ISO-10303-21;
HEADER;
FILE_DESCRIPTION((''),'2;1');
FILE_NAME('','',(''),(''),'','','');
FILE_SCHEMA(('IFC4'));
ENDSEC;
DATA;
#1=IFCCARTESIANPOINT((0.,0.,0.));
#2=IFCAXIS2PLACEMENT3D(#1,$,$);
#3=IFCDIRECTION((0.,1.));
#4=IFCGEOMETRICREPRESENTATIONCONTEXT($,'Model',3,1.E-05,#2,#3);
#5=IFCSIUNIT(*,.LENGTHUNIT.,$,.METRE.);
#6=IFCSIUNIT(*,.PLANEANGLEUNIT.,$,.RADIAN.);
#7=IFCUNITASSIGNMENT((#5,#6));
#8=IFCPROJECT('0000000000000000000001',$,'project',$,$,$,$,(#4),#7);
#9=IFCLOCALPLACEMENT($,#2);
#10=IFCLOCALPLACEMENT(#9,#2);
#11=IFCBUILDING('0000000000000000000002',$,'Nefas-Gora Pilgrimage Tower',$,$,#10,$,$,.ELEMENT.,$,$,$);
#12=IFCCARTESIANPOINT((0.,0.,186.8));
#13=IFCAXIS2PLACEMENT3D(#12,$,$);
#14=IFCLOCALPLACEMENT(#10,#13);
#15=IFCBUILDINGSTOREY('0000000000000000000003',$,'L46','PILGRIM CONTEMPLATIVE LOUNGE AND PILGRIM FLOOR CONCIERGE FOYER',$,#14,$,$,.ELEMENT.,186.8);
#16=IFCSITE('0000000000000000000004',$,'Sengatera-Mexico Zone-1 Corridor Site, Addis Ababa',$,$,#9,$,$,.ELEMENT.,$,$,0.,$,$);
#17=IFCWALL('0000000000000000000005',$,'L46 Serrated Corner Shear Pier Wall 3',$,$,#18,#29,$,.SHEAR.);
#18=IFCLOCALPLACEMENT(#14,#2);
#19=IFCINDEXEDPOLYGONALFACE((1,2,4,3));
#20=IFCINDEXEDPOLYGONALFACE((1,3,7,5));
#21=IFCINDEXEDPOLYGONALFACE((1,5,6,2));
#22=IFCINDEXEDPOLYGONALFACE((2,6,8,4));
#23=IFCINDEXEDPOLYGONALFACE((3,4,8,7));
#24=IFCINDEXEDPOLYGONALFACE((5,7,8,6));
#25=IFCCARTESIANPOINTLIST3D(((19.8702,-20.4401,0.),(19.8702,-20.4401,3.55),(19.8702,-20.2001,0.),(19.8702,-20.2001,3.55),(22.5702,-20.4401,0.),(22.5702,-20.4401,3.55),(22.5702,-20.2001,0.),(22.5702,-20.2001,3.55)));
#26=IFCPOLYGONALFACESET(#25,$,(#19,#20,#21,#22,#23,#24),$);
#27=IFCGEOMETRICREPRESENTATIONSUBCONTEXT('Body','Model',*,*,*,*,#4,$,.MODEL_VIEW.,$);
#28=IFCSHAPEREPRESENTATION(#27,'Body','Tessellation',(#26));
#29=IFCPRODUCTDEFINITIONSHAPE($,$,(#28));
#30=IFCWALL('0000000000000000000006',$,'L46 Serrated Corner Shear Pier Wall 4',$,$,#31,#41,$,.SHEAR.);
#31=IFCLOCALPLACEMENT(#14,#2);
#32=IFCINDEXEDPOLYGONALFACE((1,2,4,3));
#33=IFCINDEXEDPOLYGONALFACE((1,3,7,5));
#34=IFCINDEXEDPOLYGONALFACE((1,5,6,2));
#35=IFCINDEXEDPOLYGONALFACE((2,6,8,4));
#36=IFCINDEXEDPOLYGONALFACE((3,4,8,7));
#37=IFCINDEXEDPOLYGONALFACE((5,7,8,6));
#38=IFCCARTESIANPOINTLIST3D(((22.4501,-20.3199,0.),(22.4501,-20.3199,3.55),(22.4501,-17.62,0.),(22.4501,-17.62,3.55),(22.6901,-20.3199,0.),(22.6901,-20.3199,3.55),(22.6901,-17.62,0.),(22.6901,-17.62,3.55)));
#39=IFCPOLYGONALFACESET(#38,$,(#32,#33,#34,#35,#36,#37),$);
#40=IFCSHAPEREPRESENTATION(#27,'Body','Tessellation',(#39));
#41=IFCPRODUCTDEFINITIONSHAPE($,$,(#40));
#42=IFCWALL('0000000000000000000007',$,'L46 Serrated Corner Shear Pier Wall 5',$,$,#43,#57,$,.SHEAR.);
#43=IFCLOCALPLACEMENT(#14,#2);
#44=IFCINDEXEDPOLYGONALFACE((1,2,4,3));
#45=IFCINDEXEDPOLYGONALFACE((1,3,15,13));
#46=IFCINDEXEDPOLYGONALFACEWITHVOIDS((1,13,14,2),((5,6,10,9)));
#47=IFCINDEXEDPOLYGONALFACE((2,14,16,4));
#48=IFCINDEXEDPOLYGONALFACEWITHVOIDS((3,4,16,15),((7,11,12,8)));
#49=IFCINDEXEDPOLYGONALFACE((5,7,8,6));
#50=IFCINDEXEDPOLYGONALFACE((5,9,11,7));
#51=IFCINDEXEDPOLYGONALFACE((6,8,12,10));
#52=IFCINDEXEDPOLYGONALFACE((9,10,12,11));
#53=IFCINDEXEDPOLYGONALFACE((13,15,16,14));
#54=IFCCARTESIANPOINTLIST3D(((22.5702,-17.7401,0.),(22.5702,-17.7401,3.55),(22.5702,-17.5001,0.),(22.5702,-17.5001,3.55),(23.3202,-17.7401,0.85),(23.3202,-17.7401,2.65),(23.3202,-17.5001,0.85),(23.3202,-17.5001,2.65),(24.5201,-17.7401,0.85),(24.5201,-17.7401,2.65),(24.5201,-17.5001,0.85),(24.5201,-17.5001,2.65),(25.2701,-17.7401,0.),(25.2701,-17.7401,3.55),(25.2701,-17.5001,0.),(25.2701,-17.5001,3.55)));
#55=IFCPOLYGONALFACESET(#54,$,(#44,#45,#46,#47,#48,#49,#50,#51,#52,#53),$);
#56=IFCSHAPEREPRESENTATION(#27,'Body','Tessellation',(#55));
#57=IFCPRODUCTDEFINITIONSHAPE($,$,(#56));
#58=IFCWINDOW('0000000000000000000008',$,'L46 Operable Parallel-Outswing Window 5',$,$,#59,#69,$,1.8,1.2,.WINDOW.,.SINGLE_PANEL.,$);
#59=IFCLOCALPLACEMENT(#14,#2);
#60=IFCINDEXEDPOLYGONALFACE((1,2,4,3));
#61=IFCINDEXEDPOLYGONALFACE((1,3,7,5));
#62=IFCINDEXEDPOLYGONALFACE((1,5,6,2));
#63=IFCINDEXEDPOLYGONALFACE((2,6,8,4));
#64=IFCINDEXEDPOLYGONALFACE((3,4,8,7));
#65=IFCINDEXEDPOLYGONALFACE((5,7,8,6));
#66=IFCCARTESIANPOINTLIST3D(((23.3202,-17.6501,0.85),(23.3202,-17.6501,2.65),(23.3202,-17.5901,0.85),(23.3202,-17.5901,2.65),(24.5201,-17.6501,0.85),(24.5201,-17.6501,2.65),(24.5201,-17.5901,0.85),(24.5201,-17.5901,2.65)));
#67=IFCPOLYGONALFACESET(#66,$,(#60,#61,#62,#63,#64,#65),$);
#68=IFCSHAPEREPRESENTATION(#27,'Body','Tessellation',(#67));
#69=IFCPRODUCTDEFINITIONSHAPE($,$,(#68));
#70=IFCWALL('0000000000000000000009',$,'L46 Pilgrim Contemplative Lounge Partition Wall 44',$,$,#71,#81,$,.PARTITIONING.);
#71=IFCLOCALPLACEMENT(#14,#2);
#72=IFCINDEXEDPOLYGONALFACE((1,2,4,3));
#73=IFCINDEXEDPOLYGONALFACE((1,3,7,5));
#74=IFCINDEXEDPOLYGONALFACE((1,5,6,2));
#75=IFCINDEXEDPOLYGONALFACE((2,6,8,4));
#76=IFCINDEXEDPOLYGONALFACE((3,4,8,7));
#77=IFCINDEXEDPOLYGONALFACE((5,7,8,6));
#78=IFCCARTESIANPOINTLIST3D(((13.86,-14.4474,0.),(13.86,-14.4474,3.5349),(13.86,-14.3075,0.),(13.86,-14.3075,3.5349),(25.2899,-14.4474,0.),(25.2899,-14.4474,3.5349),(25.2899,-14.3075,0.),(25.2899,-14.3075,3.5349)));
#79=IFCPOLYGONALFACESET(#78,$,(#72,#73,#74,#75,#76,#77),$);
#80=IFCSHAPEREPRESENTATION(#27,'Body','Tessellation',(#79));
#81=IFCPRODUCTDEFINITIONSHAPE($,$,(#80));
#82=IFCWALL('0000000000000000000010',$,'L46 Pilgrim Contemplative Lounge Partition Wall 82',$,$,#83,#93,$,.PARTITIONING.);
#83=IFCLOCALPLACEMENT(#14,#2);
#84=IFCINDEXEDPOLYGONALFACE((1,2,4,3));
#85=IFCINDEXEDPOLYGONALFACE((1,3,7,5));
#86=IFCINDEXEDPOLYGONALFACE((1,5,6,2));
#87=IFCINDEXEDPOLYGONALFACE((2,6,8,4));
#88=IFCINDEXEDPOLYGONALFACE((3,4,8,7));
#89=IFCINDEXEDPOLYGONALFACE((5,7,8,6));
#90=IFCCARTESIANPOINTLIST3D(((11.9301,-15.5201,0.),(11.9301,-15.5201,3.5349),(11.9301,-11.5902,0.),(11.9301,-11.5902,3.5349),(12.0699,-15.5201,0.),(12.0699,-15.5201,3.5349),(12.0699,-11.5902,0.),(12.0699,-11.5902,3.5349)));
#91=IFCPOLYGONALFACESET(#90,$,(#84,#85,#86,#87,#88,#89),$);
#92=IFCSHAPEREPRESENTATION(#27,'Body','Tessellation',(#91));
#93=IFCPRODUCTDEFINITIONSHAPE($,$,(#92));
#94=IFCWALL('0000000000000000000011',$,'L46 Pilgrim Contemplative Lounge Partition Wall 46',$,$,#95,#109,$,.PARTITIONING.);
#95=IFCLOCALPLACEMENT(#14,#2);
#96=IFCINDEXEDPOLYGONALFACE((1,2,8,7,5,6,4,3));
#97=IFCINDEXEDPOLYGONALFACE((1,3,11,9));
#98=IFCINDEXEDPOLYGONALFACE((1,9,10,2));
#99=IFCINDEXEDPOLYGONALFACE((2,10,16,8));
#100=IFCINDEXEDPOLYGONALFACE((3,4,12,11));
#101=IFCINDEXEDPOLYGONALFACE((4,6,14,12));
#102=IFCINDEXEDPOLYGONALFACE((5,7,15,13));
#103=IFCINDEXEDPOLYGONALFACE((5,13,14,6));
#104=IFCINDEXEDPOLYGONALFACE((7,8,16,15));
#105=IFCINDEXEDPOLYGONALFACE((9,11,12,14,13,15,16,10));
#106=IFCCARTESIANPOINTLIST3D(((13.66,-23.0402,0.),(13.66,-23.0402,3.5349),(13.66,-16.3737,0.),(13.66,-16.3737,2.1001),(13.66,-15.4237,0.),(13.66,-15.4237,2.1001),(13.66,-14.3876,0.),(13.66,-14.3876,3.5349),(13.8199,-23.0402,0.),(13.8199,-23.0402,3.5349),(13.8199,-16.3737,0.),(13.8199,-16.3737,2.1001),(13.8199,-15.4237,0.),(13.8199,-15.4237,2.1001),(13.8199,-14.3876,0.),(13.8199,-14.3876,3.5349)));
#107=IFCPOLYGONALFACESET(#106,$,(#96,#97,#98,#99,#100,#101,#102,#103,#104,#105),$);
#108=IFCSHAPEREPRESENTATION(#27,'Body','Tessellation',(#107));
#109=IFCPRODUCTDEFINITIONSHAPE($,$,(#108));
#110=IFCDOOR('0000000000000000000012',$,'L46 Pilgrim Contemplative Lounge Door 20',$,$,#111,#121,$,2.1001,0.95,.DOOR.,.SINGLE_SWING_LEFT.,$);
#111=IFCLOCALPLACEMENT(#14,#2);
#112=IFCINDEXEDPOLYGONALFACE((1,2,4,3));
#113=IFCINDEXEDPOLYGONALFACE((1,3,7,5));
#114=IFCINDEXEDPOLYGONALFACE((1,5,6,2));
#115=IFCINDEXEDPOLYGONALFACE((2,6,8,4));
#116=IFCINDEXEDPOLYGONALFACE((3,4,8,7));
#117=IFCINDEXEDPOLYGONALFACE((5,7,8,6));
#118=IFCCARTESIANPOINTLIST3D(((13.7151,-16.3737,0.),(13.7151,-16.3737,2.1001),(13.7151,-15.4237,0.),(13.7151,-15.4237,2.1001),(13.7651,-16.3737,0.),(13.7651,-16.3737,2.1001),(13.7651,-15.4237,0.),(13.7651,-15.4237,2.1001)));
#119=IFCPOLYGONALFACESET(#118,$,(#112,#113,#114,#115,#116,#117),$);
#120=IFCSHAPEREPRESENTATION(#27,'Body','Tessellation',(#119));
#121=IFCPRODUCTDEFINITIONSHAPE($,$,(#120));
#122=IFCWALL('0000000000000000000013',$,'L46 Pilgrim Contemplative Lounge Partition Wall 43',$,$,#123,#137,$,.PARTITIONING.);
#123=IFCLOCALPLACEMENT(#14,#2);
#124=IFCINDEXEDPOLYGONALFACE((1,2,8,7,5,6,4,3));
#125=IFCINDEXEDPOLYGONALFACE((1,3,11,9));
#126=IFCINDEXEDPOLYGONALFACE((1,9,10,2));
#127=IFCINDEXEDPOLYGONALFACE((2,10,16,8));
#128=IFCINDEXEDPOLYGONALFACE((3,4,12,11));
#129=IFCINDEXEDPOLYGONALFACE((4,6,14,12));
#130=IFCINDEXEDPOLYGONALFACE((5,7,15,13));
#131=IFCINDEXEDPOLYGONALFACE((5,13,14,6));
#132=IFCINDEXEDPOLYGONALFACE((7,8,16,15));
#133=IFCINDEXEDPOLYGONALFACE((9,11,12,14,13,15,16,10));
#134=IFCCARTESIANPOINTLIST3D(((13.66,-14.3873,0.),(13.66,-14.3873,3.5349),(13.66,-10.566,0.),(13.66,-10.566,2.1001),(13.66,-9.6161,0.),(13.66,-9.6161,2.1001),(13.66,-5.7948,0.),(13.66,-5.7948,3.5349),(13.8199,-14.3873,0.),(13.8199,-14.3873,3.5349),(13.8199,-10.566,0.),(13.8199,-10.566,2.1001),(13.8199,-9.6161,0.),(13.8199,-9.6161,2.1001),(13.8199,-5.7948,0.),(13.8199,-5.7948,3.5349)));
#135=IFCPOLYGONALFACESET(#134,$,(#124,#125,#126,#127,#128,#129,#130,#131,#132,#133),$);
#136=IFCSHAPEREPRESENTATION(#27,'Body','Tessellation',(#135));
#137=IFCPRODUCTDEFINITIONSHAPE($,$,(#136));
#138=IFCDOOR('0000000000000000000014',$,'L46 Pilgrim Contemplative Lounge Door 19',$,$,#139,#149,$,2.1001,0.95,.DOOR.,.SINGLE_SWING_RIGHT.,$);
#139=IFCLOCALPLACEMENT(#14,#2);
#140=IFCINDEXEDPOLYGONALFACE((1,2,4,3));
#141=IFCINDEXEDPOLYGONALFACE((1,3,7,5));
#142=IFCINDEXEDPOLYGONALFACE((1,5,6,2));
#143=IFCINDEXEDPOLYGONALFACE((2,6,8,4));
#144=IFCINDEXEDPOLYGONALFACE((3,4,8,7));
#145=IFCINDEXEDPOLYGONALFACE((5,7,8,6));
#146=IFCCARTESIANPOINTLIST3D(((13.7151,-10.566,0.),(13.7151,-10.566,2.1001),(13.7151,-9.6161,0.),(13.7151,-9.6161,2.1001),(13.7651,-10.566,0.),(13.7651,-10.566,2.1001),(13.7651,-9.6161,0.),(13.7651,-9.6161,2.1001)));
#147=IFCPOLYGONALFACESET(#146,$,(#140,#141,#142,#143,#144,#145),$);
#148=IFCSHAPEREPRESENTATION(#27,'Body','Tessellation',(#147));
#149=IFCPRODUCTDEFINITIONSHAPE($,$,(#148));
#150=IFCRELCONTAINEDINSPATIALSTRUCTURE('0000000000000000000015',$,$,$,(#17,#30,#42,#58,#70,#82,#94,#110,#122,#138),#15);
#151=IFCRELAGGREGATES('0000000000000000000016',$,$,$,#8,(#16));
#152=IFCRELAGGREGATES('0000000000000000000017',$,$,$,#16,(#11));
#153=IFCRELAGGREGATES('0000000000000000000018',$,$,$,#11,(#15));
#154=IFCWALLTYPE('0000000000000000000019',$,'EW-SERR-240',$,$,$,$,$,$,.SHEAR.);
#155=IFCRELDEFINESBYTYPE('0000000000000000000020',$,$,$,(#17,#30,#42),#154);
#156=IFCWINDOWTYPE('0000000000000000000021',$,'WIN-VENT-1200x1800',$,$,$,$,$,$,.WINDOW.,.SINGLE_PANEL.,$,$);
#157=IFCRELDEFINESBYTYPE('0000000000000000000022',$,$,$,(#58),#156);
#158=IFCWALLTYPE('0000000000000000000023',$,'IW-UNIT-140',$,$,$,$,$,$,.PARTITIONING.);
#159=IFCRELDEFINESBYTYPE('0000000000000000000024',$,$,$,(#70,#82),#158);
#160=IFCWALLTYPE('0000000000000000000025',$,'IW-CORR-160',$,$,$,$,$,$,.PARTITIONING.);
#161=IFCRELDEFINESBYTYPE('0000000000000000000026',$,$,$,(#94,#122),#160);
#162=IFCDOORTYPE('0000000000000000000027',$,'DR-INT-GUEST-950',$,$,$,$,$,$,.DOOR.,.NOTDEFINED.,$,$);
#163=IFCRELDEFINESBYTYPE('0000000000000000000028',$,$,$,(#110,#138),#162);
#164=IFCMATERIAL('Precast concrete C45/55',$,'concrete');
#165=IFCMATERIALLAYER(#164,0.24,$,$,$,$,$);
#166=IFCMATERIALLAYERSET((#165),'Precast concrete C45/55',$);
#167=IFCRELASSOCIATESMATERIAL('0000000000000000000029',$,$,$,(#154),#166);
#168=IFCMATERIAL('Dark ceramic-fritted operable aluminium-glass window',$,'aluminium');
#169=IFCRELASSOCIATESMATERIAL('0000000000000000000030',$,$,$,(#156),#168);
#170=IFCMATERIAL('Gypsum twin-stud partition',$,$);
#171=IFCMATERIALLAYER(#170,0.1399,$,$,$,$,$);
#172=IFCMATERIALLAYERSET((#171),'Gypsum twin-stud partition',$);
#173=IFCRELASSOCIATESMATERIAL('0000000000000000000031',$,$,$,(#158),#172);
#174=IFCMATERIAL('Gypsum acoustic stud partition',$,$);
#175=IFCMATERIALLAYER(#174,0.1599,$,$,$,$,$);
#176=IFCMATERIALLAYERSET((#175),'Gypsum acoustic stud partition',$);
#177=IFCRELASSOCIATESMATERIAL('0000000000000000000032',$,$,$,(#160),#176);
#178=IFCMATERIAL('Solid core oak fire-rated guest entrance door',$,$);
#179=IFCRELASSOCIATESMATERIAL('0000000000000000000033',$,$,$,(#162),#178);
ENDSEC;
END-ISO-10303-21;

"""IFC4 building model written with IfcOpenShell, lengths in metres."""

from ifc_helpers import new_model, si_unit, direction, frame, frame_2d, origin, place, context, subcontext, project, spatial, rectangle, extrude, source, transform, mapped, material, layer, layer_set, type_object, element, fill, save


model = new_model("IFC4")

# Units and contexts
model_context = context("Model", 3, precision=1e-05, world=origin(), true_north=direction((0.0, 1.0)))
body_context = subcontext(model_context, "Body", "Model", "MODEL_VIEW")
ifc_project = project(units=[si_unit("LENGTHUNIT", "METRE"), si_unit("PLANEANGLEUNIT", "RADIAN")], contexts=[model_context])

# Site, building, storey
site_placement = place(None, origin())
site = spatial("IfcSite", under=ifc_project, at=site_placement, Name="Sengatera-Mexico Zone-1 Corridor Site, Addis Ababa", CompositionType="ELEMENT", RefElevation=0.0)
building_placement = place(site_placement, origin())
building = spatial("IfcBuilding", under=site, at=building_placement, Name="Nefas-Gora Pilgrimage Tower", CompositionType="ELEMENT")
storey_placement = place(building_placement, frame((0.0, 0.0, 186.8)))
storey = spatial("IfcBuildingStorey", under=building, at=storey_placement, Name="L46", Description="PILGRIM CONTEMPLATIVE LOUNGE AND PILGRIM FLOOR CONCIERGE FOYER", CompositionType="ELEMENT", Elevation=186.8)

# Walls
ifc_material_1 = material(Name="Precast concrete C45/55", Category="concrete")
ifc_layer_1 = layer(ifc_material_1, 0.24)
ifc_layer_set_1 = layer_set([ifc_layer_1], Name="Precast concrete C45/55")
wall_type_1 = type_object("IfcWallType", Name="EW-SERR-240", PredefinedType="SHEAR", material=ifc_layer_set_1)
shared_shape_1 = source(origin(), body_context, "Body", "SweptSolid", [
    extrude(rectangle(XDim=2.7, YDim=0.24, at=frame_2d((1.3501, 0.0))), origin(), (0.0, 0.0, 1.0), 3.55),
])
for number, where, z_axis, x_axis, name in (
    (1, (19.8701, -20.3201, 0.0), (0.0, 0.0, 1.0), (1.0, 0.0, 0.0), "L46 Serrated Corner Shear Pier Wall 3"),
    (2, (22.5701, -20.3201, 0.0), (0.0, 0.0, 1.0), (0.0, 1.0, 0.0), "L46 Serrated Corner Shear Pier Wall 4"),
):
    element("IfcWall", number, at=place(storey_placement, frame(where, z_axis=z_axis, x_axis=x_axis)), inside=storey, type_object=wall_type_1, Name=name, PredefinedType="SHEAR", context=body_context, shape_type="MappedRepresentation", body=[
        mapped(shared_shape_1, transform((0.0, 0.0, 0.0), x_axis=(1.0, 0.0, 0.0), y_axis=(0.0, 1.0, 0.0), z_axis=(0.0, 0.0, 1.0), scale=1.0)),
    ])

# Wall, opening, window
wall_1_placement = place(storey_placement, frame((22.5701, -17.6201, 0.0), z_axis=(0.0, 0.0, 1.0), x_axis=(1.0, 0.0, 0.0)))
wall_1 = element("IfcWall", 3, at=wall_1_placement, inside=storey, type_object=wall_type_1, Name="L46 Serrated Corner Shear Pier Wall 5", PredefinedType="SHEAR", context=body_context, shape_type="MappedRepresentation", body=[
    mapped(shared_shape_1, transform((0.0, 0.0, 0.0), x_axis=(1.0, 0.0, 0.0), y_axis=(0.0, 1.0, 0.0), z_axis=(0.0, 0.0, 1.0), scale=1.0)),
])
opening_1_placement = place(wall_1_placement, frame((0.75, 0.0, 0.8501)))
opening_1 = element("IfcOpeningElement", 4, at=opening_1_placement, cuts=wall_1, PredefinedType="OPENING", context=body_context, shape_type="SweptSolid", body=[
    extrude(rectangle(XDim=1.2, YDim=1.8, at=frame_2d((0.6001, 0.8999))), frame((0.0, 0.1299, 0.0), z_axis=(0.0, -1.0, 0.0), x_axis=(1.0, 0.0, 0.0)), (0.0, 0.0, 1.0), 0.26),
])
ifc_material_2 = material(Name="Dark ceramic-fritted operable aluminium-glass window", Category="aluminium")
window_type = type_object("IfcWindowType", Name="WIN-VENT-1200x1800", PartitioningType="SINGLE_PANEL", PredefinedType="WINDOW", material=ifc_material_2)
shared_shape_2 = source(origin(), body_context, "Body", "SweptSolid", [
    extrude(rectangle(XDim=1.2, YDim=1.8, at=frame_2d((0.6001, 0.8999))), frame((0.0, 0.03, 0.0), z_axis=(0.0, -1.0, 0.0), x_axis=(1.0, 0.0, 0.0)), (0.0, 0.0, 1.0), 0.0601),
])
window_placement = place(opening_1_placement, origin())
window = element("IfcWindow", 5, at=window_placement, inside=storey, type_object=window_type, Name="L46 Operable Parallel-Outswing Window 5", OverallHeight=1.8, OverallWidth=1.2, PartitioningType="SINGLE_PANEL", PredefinedType="WINDOW", context=body_context, shape_type="MappedRepresentation", body=[
    mapped(shared_shape_2, transform((0.0, 0.0, 0.0), x_axis=(1.0, 0.0, 0.0), y_axis=(0.0, 1.0, 0.0), z_axis=(0.0, 0.0, 1.0), scale=1.0)),
])
fill(opening_1, window)

# Walls
ifc_material_3 = material(Name="Gypsum twin-stud partition")
ifc_layer_2 = layer(ifc_material_3, 0.1399)
ifc_layer_set_2 = layer_set([ifc_layer_2], Name="Gypsum twin-stud partition")
wall_type_2 = type_object("IfcWallType", Name="IW-UNIT-140", PredefinedType="PARTITIONING", material=ifc_layer_set_2)
shared_shape_3 = source(origin(), body_context, "Body", "SweptSolid", [
    extrude(rectangle(XDim=11.4299, YDim=0.1399, at=frame_2d((5.7148, 0.0))), origin(), (0.0, 0.0, 1.0), 3.5349),
])
wall_2_placement = place(storey_placement, frame((13.8601, -14.3774, 0.0), z_axis=(0.0, 0.0, 1.0), x_axis=(1.0, 0.0, 0.0)))
element("IfcWall", 6, at=wall_2_placement, inside=storey, type_object=wall_type_2, Name="L46 Pilgrim Contemplative Lounge Partition Wall 44", PredefinedType="PARTITIONING", context=body_context, shape_type="MappedRepresentation", body=[
    mapped(shared_shape_3, transform((0.0, 0.0, 0.0), x_axis=(1.0, 0.0, 0.0), y_axis=(0.0, 1.0, 0.0), z_axis=(0.0, 0.0, 1.0), scale=1.0)),
])
shared_shape_4 = source(origin(), body_context, "Body", "SweptSolid", [
    extrude(rectangle(XDim=3.9299, YDim=0.1399, at=frame_2d((1.9648, 0.0))), origin(), (0.0, 0.0, 1.0), 3.5349),
])
wall_3_placement = place(storey_placement, frame((12.0, -15.52, 0.0), z_axis=(0.0, 0.0, 1.0), x_axis=(0.0, 1.0, 0.0)))
element("IfcWall", 7, at=wall_3_placement, inside=storey, type_object=wall_type_2, Name="L46 Pilgrim Contemplative Lounge Partition Wall 82", PredefinedType="PARTITIONING", context=body_context, shape_type="MappedRepresentation", body=[
    mapped(shared_shape_4, transform((0.0, 0.0, 0.0), x_axis=(1.0, 0.0, 0.0), y_axis=(0.0, 1.0, 0.0), z_axis=(0.0, 0.0, 1.0), scale=1.0)),
])

# Walls, openings, doors
ifc_material_4 = material(Name="Gypsum acoustic stud partition")
ifc_layer_3 = layer(ifc_material_4, 0.1599)
ifc_layer_set_3 = layer_set([ifc_layer_3], Name="Gypsum acoustic stud partition")
wall_type_3 = type_object("IfcWallType", Name="IW-CORR-160", PredefinedType="PARTITIONING", material=ifc_layer_set_3)
shared_shape_5 = source(origin(), body_context, "Body", "SweptSolid", [
    extrude(rectangle(XDim=8.6526, YDim=0.1599, at=frame_2d((4.3262, 0.0))), origin(), (0.0, 0.0, 1.0), 3.5349),
])
wall_4_placement = place(storey_placement, frame((13.74, -23.04, 0.0), z_axis=(0.0, 0.0, 1.0), x_axis=(0.0, 1.0, 0.0)))
wall_4 = element("IfcWall", 8, at=wall_4_placement, inside=storey, type_object=wall_type_3, Name="L46 Pilgrim Contemplative Lounge Partition Wall 46", PredefinedType="PARTITIONING", context=body_context, shape_type="MappedRepresentation", body=[
    mapped(shared_shape_5, transform((0.0, 0.0, 0.0), x_axis=(1.0, 0.0, 0.0), y_axis=(0.0, 1.0, 0.0), z_axis=(0.0, 0.0, 1.0), scale=1.0)),
])
opening_2_placement = place(wall_4_placement, frame((6.6663, 0.0, 0.0)))
opening_2 = element("IfcOpeningElement", 9, at=opening_2_placement, cuts=wall_4, PredefinedType="OPENING", context=body_context, shape_type="SweptSolid", body=[
    extrude(rectangle(XDim=0.95, YDim=2.1001, at=frame_2d((0.4751, 1.05))), frame((0.0, 0.0898, 0.0), z_axis=(0.0, -1.0, 0.0), x_axis=(1.0, 0.0, 0.0)), (0.0, 0.0, 1.0), 0.1799),
])
ifc_material_5 = material(Name="Solid core oak fire-rated guest entrance door")
door_type = type_object("IfcDoorType", Name="DR-INT-GUEST-950", OperationType="NOTDEFINED", PredefinedType="DOOR", material=ifc_material_5)
shared_shape_6 = source(origin(), body_context, "Body", "SweptSolid", [
    extrude(rectangle(XDim=0.95, YDim=2.1001, at=frame_2d((0.4751, 1.05))), frame((0.0, 0.0249, 0.0), z_axis=(0.0, -1.0, 0.0), x_axis=(1.0, 0.0, 0.0)), (0.0, 0.0, 1.0), 0.05),
])
door_1_placement = place(opening_2_placement, origin())
door_1 = element("IfcDoor", 10, at=door_1_placement, inside=storey, type_object=door_type, Name="L46 Pilgrim Contemplative Lounge Door 20", OperationType="SINGLE_SWING_LEFT", OverallHeight=2.1001, OverallWidth=0.95, PredefinedType="DOOR", context=body_context, shape_type="MappedRepresentation", body=[
    mapped(shared_shape_6, transform((0.0, 0.0, 0.0), x_axis=(1.0, 0.0, 0.0), y_axis=(0.0, 1.0, 0.0), z_axis=(0.0, 0.0, 1.0), scale=1.0)),
])
fill(opening_2, door_1)
shared_shape_7 = source(origin(), body_context, "Body", "SweptSolid", [
    extrude(rectangle(XDim=8.5925, YDim=0.1599, at=frame_2d((4.2964, 0.0))), origin(), (0.0, 0.0, 1.0), 3.5349),
])
wall_5_placement = place(storey_placement, frame((13.74, -14.3875, 0.0), z_axis=(0.0, 0.0, 1.0), x_axis=(0.0, 1.0, 0.0)))
wall_5 = element("IfcWall", 11, at=wall_5_placement, inside=storey, type_object=wall_type_3, Name="L46 Pilgrim Contemplative Lounge Partition Wall 43", PredefinedType="PARTITIONING", context=body_context, shape_type="MappedRepresentation", body=[
    mapped(shared_shape_7, transform((0.0, 0.0, 0.0), x_axis=(1.0, 0.0, 0.0), y_axis=(0.0, 1.0, 0.0), z_axis=(0.0, 0.0, 1.0), scale=1.0)),
])
opening_3_placement = place(wall_5_placement, frame((3.8213, 0.0, 0.0)))
opening_3 = element("IfcOpeningElement", 12, at=opening_3_placement, cuts=wall_5, PredefinedType="OPENING", context=body_context, shape_type="SweptSolid", body=[
    extrude(rectangle(XDim=0.95, YDim=2.1001, at=frame_2d((0.4751, 1.05))), frame((0.0, 0.0898, 0.0), z_axis=(0.0, -1.0, 0.0), x_axis=(1.0, 0.0, 0.0)), (0.0, 0.0, 1.0), 0.1799),
])
door_2_placement = place(opening_3_placement, origin())
door_2 = element("IfcDoor", 13, at=door_2_placement, inside=storey, type_object=door_type, Name="L46 Pilgrim Contemplative Lounge Door 19", OperationType="SINGLE_SWING_RIGHT", OverallHeight=2.1001, OverallWidth=0.95, PredefinedType="DOOR", context=body_context, shape_type="MappedRepresentation", body=[
    mapped(shared_shape_6, transform((0.0, 0.0, 0.0), x_axis=(1.0, 0.0, 0.0), y_axis=(0.0, 1.0, 0.0), z_axis=(0.0, 0.0, 1.0), scale=1.0)),
])
fill(opening_3, door_2)

save(model, "model.ifc")
